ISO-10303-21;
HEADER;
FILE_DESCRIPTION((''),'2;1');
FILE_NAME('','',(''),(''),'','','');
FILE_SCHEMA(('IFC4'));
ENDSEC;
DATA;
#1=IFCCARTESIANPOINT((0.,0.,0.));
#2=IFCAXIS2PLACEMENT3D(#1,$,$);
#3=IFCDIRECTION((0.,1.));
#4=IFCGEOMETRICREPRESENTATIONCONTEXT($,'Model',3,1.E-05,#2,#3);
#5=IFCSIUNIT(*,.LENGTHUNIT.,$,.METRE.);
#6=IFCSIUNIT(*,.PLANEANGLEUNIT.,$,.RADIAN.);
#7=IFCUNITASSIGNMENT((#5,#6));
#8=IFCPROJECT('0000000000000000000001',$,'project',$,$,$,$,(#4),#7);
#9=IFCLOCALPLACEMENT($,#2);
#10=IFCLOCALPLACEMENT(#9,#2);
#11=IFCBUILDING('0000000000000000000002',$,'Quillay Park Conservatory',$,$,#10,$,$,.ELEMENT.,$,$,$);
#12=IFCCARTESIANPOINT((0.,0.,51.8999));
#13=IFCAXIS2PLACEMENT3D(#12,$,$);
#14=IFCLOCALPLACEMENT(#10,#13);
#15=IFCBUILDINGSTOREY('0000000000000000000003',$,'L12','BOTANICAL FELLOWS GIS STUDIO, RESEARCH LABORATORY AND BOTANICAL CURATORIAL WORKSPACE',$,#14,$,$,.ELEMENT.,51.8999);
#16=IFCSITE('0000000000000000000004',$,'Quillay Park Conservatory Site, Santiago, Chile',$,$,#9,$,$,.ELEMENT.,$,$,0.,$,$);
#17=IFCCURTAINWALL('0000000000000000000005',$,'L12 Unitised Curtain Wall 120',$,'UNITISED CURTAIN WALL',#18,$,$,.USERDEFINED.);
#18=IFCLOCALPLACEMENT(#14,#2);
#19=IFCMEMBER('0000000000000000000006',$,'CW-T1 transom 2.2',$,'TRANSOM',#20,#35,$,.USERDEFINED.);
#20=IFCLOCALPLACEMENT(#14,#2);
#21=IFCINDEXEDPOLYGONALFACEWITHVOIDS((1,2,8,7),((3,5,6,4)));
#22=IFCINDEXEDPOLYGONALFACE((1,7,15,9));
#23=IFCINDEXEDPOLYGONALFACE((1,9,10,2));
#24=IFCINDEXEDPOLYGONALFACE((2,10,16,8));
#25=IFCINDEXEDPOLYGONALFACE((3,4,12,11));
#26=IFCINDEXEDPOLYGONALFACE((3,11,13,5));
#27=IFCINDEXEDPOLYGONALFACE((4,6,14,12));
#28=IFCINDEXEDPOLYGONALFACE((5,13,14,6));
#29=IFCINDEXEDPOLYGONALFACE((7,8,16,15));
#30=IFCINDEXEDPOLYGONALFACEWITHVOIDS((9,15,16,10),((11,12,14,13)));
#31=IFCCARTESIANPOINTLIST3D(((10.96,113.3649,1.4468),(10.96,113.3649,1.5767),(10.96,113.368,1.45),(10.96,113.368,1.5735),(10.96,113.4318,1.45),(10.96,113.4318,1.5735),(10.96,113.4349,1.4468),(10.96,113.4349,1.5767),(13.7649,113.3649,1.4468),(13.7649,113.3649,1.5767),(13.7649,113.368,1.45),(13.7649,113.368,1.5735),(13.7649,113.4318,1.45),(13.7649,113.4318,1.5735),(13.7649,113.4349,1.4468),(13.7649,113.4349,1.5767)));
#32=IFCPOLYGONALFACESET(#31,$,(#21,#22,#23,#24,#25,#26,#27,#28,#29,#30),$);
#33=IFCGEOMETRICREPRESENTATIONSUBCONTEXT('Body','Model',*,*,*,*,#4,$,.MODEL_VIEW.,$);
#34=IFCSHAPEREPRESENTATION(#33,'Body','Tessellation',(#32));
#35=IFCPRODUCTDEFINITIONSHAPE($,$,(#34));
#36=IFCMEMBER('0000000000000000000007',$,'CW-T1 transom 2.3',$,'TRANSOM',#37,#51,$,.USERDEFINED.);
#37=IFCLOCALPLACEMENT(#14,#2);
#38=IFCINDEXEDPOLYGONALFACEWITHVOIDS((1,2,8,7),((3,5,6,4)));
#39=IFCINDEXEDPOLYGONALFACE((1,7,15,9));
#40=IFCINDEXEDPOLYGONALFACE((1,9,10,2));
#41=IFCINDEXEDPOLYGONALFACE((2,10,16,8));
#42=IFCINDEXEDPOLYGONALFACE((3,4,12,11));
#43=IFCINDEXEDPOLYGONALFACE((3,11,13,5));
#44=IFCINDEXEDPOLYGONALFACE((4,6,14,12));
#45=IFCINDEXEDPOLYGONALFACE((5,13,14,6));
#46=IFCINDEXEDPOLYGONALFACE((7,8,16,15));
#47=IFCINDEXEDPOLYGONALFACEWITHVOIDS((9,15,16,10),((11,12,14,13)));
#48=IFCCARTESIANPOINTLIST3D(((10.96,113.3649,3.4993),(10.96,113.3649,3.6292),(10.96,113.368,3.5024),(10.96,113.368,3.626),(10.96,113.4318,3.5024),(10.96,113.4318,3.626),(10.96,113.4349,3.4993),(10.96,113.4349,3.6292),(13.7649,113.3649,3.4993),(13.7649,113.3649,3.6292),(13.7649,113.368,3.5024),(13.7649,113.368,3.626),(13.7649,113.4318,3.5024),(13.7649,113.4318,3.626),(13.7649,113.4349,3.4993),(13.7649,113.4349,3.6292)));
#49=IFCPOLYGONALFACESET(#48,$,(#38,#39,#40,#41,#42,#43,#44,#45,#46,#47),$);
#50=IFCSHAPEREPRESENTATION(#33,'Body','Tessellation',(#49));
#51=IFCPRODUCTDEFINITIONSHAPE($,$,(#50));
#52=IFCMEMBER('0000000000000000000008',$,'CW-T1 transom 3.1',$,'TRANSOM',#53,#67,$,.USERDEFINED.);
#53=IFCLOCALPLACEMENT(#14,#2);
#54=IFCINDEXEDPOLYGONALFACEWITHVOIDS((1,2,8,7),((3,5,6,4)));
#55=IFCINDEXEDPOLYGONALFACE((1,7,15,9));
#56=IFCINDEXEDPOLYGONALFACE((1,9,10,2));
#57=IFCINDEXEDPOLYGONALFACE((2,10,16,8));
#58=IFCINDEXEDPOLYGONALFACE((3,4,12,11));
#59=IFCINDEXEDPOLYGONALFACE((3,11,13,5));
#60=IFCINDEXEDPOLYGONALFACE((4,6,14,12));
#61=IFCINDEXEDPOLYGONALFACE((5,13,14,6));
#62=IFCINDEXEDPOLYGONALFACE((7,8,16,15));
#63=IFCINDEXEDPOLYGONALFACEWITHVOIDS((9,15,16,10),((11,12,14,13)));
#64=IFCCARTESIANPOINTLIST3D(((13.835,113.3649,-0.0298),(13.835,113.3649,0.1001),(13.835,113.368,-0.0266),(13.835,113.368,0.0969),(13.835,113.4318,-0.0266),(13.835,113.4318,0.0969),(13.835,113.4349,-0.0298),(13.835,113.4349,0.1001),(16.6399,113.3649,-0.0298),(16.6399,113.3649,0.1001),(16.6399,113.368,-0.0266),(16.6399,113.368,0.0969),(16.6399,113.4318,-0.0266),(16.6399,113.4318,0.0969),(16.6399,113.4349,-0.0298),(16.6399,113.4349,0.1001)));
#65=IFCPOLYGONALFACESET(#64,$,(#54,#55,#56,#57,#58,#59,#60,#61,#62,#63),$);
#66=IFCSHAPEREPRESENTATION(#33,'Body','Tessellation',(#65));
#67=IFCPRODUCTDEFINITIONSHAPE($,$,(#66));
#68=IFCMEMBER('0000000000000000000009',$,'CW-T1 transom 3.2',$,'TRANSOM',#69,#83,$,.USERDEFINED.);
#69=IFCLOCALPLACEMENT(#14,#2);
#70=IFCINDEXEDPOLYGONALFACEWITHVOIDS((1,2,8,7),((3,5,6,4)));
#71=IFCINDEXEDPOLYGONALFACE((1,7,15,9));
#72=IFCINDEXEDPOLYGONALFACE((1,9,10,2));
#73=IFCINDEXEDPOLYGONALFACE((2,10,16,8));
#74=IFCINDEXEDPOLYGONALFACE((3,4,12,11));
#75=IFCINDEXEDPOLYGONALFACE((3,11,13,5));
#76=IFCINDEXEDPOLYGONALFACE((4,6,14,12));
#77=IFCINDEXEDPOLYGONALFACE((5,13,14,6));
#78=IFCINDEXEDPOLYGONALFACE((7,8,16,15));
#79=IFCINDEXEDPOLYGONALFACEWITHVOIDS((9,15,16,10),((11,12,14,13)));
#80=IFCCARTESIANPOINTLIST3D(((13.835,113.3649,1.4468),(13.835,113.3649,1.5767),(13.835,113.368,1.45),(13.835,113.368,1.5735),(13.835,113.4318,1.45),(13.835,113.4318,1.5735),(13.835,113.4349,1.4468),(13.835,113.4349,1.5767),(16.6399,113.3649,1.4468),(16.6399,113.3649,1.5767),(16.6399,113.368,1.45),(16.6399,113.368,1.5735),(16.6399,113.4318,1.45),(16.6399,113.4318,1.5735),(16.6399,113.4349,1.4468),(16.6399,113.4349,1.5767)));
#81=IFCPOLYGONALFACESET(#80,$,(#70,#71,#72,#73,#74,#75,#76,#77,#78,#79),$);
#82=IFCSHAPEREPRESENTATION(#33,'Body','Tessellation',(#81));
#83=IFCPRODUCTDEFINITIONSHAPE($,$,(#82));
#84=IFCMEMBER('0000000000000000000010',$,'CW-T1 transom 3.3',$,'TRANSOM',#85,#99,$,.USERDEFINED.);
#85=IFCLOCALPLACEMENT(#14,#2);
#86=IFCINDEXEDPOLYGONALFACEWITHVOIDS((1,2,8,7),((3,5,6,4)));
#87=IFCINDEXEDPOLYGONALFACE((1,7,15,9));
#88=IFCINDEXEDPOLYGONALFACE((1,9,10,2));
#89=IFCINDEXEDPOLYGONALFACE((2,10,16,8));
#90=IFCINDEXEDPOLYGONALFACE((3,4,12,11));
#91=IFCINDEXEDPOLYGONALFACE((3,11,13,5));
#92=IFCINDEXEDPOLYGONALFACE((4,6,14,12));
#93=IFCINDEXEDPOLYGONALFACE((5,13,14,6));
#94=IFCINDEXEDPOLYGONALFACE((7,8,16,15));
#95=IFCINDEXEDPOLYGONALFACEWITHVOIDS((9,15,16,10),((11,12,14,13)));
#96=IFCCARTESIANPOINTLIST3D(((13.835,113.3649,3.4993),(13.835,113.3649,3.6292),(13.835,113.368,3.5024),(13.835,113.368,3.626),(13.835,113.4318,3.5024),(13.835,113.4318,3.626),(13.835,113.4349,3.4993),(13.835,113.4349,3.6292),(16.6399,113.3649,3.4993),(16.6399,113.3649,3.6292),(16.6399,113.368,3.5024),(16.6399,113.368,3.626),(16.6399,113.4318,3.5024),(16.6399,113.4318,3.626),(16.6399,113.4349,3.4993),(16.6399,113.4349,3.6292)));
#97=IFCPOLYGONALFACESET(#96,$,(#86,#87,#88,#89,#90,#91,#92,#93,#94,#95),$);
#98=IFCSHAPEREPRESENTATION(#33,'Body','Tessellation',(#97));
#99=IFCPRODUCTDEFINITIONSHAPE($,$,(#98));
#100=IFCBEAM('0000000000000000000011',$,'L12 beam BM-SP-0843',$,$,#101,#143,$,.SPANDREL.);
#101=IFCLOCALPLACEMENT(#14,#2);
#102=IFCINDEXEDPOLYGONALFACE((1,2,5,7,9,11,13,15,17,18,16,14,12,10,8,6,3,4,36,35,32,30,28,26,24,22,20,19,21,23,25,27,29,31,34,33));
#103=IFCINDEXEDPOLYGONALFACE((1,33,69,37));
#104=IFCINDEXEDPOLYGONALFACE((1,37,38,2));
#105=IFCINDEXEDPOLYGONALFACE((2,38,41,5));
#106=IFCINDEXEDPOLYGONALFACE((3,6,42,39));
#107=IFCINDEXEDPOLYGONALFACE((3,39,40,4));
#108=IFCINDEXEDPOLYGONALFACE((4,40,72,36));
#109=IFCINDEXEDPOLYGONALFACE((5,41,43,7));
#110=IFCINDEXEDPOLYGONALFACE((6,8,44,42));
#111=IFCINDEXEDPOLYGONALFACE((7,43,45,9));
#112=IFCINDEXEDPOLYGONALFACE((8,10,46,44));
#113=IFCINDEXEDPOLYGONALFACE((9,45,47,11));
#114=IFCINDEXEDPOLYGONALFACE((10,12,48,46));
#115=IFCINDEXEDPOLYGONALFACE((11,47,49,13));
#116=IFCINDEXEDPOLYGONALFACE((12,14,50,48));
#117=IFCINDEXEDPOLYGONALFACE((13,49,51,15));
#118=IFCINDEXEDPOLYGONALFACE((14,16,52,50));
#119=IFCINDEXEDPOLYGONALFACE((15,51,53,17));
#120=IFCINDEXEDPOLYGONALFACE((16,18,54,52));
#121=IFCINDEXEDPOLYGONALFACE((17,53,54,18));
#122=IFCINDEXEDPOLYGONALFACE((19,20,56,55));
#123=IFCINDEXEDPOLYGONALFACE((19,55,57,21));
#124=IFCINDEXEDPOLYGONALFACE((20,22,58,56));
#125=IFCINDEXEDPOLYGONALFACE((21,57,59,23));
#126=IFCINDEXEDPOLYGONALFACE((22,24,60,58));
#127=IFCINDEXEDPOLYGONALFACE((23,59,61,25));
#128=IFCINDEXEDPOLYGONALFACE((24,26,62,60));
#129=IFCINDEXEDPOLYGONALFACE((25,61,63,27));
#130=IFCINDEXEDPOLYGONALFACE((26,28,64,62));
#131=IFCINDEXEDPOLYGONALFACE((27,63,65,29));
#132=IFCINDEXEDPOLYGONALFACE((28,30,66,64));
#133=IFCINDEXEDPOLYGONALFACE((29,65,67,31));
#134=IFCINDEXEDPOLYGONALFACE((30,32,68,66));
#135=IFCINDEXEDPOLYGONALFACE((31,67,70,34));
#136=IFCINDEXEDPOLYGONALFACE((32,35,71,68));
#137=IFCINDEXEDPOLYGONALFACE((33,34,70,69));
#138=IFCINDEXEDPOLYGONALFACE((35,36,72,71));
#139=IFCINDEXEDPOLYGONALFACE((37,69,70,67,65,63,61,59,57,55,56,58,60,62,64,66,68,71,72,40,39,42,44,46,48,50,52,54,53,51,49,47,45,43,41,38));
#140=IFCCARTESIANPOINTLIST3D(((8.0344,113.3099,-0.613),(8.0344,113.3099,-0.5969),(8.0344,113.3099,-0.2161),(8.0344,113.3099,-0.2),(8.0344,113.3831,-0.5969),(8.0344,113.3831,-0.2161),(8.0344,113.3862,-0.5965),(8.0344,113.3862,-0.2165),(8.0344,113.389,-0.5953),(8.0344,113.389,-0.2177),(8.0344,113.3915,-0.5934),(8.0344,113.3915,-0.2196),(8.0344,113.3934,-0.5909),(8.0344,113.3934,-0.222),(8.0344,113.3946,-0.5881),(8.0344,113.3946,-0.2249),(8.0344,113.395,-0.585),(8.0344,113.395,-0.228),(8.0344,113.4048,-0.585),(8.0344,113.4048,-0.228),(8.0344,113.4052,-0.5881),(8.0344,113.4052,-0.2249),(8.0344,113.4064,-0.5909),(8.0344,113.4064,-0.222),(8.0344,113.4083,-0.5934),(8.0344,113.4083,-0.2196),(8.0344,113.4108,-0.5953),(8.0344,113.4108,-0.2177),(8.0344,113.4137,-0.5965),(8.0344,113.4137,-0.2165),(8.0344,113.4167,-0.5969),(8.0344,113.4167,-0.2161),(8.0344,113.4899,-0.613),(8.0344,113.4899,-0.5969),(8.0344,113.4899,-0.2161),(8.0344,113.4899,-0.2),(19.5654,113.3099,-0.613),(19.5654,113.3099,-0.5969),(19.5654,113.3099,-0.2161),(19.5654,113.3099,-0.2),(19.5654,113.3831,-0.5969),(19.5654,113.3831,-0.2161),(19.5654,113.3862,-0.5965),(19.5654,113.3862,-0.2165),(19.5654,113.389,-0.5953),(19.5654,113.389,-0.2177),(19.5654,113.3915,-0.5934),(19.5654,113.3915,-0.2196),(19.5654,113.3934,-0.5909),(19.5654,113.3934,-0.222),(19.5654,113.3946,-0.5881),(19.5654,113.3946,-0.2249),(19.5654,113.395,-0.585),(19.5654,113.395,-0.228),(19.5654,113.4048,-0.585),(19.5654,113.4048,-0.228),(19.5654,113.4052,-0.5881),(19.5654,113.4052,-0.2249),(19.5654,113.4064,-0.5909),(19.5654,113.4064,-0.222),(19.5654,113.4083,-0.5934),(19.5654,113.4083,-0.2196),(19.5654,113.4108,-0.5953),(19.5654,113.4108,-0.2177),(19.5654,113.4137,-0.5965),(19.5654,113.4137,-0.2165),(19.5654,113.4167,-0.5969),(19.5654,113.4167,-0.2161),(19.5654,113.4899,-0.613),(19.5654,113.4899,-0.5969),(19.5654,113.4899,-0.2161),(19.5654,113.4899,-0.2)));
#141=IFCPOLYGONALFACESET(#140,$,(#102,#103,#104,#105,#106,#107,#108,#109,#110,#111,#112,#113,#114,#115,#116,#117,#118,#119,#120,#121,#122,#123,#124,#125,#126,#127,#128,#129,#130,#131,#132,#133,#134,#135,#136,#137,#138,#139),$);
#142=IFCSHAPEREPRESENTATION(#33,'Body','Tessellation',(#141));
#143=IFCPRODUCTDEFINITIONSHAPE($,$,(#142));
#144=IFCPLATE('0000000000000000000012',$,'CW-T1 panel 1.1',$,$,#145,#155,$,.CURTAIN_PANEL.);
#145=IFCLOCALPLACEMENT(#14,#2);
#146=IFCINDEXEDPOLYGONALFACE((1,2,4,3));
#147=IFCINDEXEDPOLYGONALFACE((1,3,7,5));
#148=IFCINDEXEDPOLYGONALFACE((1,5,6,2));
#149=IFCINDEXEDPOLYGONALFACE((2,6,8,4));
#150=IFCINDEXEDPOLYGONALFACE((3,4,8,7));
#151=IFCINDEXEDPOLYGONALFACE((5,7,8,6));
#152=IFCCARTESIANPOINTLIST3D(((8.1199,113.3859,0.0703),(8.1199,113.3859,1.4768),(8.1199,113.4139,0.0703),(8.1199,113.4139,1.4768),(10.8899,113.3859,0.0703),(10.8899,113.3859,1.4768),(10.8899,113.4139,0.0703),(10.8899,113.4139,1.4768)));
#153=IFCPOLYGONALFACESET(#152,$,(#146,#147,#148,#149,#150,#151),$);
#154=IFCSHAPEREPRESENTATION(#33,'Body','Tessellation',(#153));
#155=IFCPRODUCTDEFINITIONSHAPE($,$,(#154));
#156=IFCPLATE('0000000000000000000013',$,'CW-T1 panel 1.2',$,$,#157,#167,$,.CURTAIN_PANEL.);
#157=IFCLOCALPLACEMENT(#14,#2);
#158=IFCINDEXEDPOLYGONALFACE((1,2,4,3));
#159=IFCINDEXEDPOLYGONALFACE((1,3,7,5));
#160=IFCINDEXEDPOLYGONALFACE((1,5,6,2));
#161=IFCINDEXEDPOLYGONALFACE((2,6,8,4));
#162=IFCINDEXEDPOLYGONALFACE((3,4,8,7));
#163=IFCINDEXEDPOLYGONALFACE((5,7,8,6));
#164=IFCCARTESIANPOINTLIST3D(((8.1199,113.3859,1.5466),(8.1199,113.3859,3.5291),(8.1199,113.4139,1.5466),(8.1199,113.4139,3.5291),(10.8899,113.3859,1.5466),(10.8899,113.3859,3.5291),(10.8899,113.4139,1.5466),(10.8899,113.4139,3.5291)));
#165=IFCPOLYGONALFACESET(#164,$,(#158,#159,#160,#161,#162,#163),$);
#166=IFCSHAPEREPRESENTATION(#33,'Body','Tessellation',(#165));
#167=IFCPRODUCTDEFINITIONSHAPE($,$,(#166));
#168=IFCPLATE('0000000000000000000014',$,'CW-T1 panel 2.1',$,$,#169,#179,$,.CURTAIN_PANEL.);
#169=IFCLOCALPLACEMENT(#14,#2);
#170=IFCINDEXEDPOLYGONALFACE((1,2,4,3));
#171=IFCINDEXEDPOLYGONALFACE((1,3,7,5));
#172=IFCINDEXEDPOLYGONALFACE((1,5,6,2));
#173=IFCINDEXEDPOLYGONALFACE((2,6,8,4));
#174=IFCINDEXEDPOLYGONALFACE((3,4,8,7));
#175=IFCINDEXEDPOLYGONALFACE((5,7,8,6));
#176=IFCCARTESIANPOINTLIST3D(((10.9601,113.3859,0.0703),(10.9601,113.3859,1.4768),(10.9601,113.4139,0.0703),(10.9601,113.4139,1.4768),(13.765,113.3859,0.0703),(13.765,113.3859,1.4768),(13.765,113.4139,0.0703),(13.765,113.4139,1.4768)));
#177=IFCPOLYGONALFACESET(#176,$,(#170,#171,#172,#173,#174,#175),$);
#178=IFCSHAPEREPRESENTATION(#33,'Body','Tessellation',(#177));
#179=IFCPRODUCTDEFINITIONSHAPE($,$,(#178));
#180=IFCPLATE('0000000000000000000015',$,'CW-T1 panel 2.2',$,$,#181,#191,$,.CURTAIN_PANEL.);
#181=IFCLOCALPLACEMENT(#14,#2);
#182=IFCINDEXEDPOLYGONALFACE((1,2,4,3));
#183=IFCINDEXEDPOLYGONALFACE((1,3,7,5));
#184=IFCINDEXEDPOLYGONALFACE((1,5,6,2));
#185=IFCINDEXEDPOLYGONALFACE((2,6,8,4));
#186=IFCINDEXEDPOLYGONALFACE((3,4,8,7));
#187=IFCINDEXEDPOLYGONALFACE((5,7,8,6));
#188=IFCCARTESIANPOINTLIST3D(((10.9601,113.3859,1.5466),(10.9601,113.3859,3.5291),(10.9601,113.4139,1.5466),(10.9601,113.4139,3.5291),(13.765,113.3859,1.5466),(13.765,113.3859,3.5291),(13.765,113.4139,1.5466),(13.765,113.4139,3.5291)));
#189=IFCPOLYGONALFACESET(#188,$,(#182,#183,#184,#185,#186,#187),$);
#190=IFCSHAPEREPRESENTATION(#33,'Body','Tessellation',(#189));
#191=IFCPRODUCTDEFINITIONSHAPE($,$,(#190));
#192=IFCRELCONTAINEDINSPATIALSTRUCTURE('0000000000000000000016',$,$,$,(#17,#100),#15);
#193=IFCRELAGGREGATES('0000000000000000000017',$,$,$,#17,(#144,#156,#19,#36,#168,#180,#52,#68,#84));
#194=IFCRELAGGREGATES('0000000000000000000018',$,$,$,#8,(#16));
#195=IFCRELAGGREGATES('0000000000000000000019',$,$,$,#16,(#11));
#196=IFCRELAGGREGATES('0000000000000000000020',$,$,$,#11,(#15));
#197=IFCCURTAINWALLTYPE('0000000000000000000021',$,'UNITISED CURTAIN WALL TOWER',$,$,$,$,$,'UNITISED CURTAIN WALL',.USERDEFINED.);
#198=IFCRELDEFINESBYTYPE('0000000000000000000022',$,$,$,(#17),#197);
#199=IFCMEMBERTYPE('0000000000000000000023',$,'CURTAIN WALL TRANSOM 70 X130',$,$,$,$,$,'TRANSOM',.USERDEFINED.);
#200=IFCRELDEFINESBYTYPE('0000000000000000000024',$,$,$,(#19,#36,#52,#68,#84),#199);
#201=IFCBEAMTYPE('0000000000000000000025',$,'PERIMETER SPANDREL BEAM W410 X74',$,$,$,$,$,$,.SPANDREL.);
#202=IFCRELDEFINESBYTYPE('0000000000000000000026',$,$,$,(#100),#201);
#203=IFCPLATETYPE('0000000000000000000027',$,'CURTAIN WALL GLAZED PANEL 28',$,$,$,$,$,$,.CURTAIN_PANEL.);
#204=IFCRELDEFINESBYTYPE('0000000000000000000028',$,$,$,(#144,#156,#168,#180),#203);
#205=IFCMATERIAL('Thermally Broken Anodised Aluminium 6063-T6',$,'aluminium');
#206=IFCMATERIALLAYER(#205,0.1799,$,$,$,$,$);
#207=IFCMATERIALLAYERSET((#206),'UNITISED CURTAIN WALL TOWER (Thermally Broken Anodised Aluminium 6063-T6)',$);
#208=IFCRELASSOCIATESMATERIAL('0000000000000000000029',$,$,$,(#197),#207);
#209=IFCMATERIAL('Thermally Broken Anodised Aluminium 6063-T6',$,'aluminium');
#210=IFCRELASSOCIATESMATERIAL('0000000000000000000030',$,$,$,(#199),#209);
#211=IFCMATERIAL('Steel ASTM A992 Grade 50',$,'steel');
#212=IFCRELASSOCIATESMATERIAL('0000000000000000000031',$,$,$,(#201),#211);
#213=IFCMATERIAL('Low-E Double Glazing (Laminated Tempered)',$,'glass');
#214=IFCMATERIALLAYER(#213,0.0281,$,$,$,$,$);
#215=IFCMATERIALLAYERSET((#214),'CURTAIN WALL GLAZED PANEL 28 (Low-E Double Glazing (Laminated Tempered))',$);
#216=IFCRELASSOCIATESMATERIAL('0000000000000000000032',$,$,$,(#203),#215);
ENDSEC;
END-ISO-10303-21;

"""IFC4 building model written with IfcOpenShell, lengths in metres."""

from ifc_helpers import new_model, si_unit, direction, frame, origin, origin_2d, place, context, subcontext, project, spatial, rectangle, hollow_rectangle, i_section, extrude, material, layer, layer_set, material_profile, profile_set, type_object, element, aggregate, save


model = new_model("IFC4")

# Units and contexts
model_context = context("Model", 3, precision=1e-05, world=origin(), true_north=direction((0.0, 1.0)))
body_context = subcontext(model_context, "Body", "Model", "MODEL_VIEW")
ifc_project = project(units=[si_unit("LENGTHUNIT", "METRE"), si_unit("PLANEANGLEUNIT", "RADIAN")], contexts=[model_context])

# Site, building, storey
site_placement = place(None, origin())
site = spatial("IfcSite", under=ifc_project, at=site_placement, Name="Quillay Park Conservatory Site, Santiago, Chile", CompositionType="ELEMENT", RefElevation=0.0)
building_placement = place(site_placement, origin())
building = spatial("IfcBuilding", under=site, at=building_placement, Name="Quillay Park Conservatory", CompositionType="ELEMENT")
storey_placement = place(building_placement, frame((0.0, 0.0, 51.8999)))
storey = spatial("IfcBuildingStorey", under=building, at=storey_placement, Name="L12", Description="BOTANICAL FELLOWS GIS STUDIO, RESEARCH LABORATORY AND BOTANICAL CURATORIAL WORKSPACE", CompositionType="ELEMENT", Elevation=51.8999)

# Curtain wall, members
ifc_material_1 = material(Name="Thermally Broken Anodised Aluminium 6063-T6", Category="aluminium")
ifc_layer_1 = layer(ifc_material_1, 0.1799)
ifc_layer_set_1 = layer_set([ifc_layer_1], Name="UNITISED CURTAIN WALL TOWER (Thermally Broken Anodised Aluminium 6063-T6)")
curtain_wall_type = type_object("IfcCurtainWallType", Name="UNITISED CURTAIN WALL TOWER", ElementType="UNITISED CURTAIN WALL", PredefinedType="USERDEFINED", material=ifc_layer_set_1)
curtain_wall_placement = place(storey_placement, origin())
curtain_wall = element("IfcCurtainWall", 1, at=curtain_wall_placement, inside=storey, type_object=curtain_wall_type, Name="L12 Unitised Curtain Wall 120", ObjectType="UNITISED CURTAIN WALL", PredefinedType="USERDEFINED")
ifc_material_2 = material(Name="Thermally Broken Anodised Aluminium 6063-T6", Category="aluminium")
ifc_material_profile_1 = material_profile(ifc_material_2, hollow_rectangle(XDim=0.0701, YDim=0.1299, WallThickness=0.0032, at=origin_2d()), Name="AL70x130x3.2")
ifc_profile_set_1 = profile_set([ifc_material_profile_1], Name="Thermally Broken Anodised Aluminium 6063-T6")
member_type_1 = type_object("IfcMemberType", Name="CURTAIN WALL TRANSOM 70 X130", ElementType="TRANSOM", PredefinedType="USERDEFINED", material=ifc_profile_set_1)
member_1_placement = place(storey_placement, frame((10.96, 113.3999, 1.5117), z_axis=(1.0, 0.0, 0.0), x_axis=(0.0, 1.0, 0.0)))
member_1 = element("IfcMember", 2, at=member_1_placement, type_object=member_type_1, Name="CW-T1 transom 2.2", ObjectType="TRANSOM", PredefinedType="USERDEFINED", context=body_context, shape_type="SweptSolid", body=[
    extrude(hollow_rectangle(XDim=0.0701, YDim=0.1299, WallThickness=0.0032, at=origin_2d()), origin(), (0.0, 0.0, 1.0), 2.8049),
])
member_2_placement = place(storey_placement, frame((10.96, 113.3999, 3.5642), z_axis=(1.0, 0.0, 0.0), x_axis=(0.0, 1.0, 0.0)))
member_2 = element("IfcMember", 3, at=member_2_placement, type_object=member_type_1, Name="CW-T1 transom 2.3", ObjectType="TRANSOM", PredefinedType="USERDEFINED", context=body_context, shape_type="SweptSolid", body=[
    extrude(hollow_rectangle(XDim=0.0701, YDim=0.1299, WallThickness=0.0032, at=origin_2d()), origin(), (0.0, 0.0, 1.0), 2.8049),
])
member_3_placement = place(storey_placement, frame((13.835, 113.3999, 0.0352), z_axis=(1.0, 0.0, 0.0), x_axis=(0.0, 1.0, 0.0)))
member_3 = element("IfcMember", 4, at=member_3_placement, type_object=member_type_1, Name="CW-T1 transom 3.1", ObjectType="TRANSOM", PredefinedType="USERDEFINED", context=body_context, shape_type="SweptSolid", body=[
    extrude(hollow_rectangle(XDim=0.0701, YDim=0.1299, WallThickness=0.0032, at=origin_2d()), origin(), (0.0, 0.0, 1.0), 2.8049),
])
member_4_placement = place(storey_placement, frame((13.835, 113.3999, 1.5117), z_axis=(1.0, 0.0, 0.0), x_axis=(0.0, 1.0, 0.0)))
member_4 = element("IfcMember", 5, at=member_4_placement, type_object=member_type_1, Name="CW-T1 transom 3.2", ObjectType="TRANSOM", PredefinedType="USERDEFINED", context=body_context, shape_type="SweptSolid", body=[
    extrude(hollow_rectangle(XDim=0.0701, YDim=0.1299, WallThickness=0.0032, at=origin_2d()), origin(), (0.0, 0.0, 1.0), 2.8049),
])
member_5_placement = place(storey_placement, frame((13.835, 113.3999, 3.5642), z_axis=(1.0, 0.0, 0.0), x_axis=(0.0, 1.0, 0.0)))
member_5 = element("IfcMember", 6, at=member_5_placement, type_object=member_type_1, Name="CW-T1 transom 3.3", ObjectType="TRANSOM", PredefinedType="USERDEFINED", context=body_context, shape_type="SweptSolid", body=[
    extrude(hollow_rectangle(XDim=0.0701, YDim=0.1299, WallThickness=0.0032, at=origin_2d()), origin(), (0.0, 0.0, 1.0), 2.8049),
])

# Beam
ifc_material_3 = material(Name="Steel ASTM A992 Grade 50", Category="steel")
ifc_material_profile_2 = material_profile(ifc_material_3, i_section(OverallWidth=0.1799, OverallDepth=0.4131, WebThickness=0.0098, FlangeThickness=0.0161, FilletRadius=0.012, at=origin_2d()), Name="W410x74")
ifc_profile_set_2 = profile_set([ifc_material_profile_2], Name="Steel ASTM A992 Grade 50")
beam_type = type_object("IfcBeamType", Name="PERIMETER SPANDREL BEAM W410 X74", PredefinedType="SPANDREL", material=ifc_profile_set_2)
beam_placement = place(storey_placement, frame((8.0344, 113.3999, -0.4065), z_axis=(1.0, 0.0, 0.0), x_axis=(0.0, 1.0, 0.0)))
element("IfcBeam", 7, at=beam_placement, inside=storey, type_object=beam_type, Name="L12 beam BM-SP-0843", PredefinedType="SPANDREL", context=body_context, shape_type="SweptSolid", body=[
    extrude(i_section(OverallWidth=0.1799, OverallDepth=0.4131, WebThickness=0.0098, FlangeThickness=0.0161, FilletRadius=0.012, at=origin_2d()), origin(), (0.0, 0.0, 1.0), 11.531),
])

# Plates
ifc_material_4 = material(Name="Low-E Double Glazing (Laminated Tempered)", Category="glass")
ifc_layer_2 = layer(ifc_material_4, 0.0281)
ifc_layer_set_2 = layer_set([ifc_layer_2], Name="CURTAIN WALL GLAZED PANEL 28 (Low-E Double Glazing (Laminated Tempered))")
plate_type = type_object("IfcPlateType", Name="CURTAIN WALL GLAZED PANEL 28", PredefinedType="CURTAIN_PANEL", material=ifc_layer_set_2)
plate_1_placement = place(storey_placement, frame((9.5049, 113.3999, 0.0703), z_axis=(0.0, 0.0, 1.0), x_axis=(1.0, 0.0, 0.0)))
plate_1 = element("IfcPlate", 8, at=plate_1_placement, type_object=plate_type, Name="CW-T1 panel 1.1", PredefinedType="CURTAIN_PANEL", context=body_context, shape_type="SweptSolid", body=[
    extrude(rectangle(XDim=2.77, YDim=0.0281, at=origin_2d()), origin(), (0.0, 0.0, 1.0), 1.4065),
])
plate_2_placement = place(storey_placement, frame((9.5049, 113.3999, 1.5466), z_axis=(0.0, 0.0, 1.0), x_axis=(1.0, 0.0, 0.0)))
plate_2 = element("IfcPlate", 9, at=plate_2_placement, type_object=plate_type, Name="CW-T1 panel 1.2", PredefinedType="CURTAIN_PANEL", context=body_context, shape_type="SweptSolid", body=[
    extrude(rectangle(XDim=2.77, YDim=0.0281, at=origin_2d()), origin(), (0.0, 0.0, 1.0), 1.9824),
])
plate_3_placement = place(storey_placement, frame((12.3625, 113.3999, 0.0703), z_axis=(0.0, 0.0, 1.0), x_axis=(1.0, 0.0, 0.0)))
plate_3 = element("IfcPlate", 10, at=plate_3_placement, type_object=plate_type, Name="CW-T1 panel 2.1", PredefinedType="CURTAIN_PANEL", context=body_context, shape_type="SweptSolid", body=[
    extrude(rectangle(XDim=2.8049, YDim=0.0281, at=origin_2d()), origin(), (0.0, 0.0, 1.0), 1.4065),
])
plate_4_placement = place(storey_placement, frame((12.3625, 113.3999, 1.5466), z_axis=(0.0, 0.0, 1.0), x_axis=(1.0, 0.0, 0.0)))
plate_4 = element("IfcPlate", 11, at=plate_4_placement, type_object=plate_type, Name="CW-T1 panel 2.2", PredefinedType="CURTAIN_PANEL", context=body_context, shape_type="SweptSolid", body=[
    extrude(rectangle(XDim=2.8049, YDim=0.0281, at=origin_2d()), origin(), (0.0, 0.0, 1.0), 1.9824),
])
aggregate(curtain_wall, [plate_1, plate_2, member_1, member_2, plate_3, plate_4, member_3, member_4, member_5])

save(model, "model.ifc")
